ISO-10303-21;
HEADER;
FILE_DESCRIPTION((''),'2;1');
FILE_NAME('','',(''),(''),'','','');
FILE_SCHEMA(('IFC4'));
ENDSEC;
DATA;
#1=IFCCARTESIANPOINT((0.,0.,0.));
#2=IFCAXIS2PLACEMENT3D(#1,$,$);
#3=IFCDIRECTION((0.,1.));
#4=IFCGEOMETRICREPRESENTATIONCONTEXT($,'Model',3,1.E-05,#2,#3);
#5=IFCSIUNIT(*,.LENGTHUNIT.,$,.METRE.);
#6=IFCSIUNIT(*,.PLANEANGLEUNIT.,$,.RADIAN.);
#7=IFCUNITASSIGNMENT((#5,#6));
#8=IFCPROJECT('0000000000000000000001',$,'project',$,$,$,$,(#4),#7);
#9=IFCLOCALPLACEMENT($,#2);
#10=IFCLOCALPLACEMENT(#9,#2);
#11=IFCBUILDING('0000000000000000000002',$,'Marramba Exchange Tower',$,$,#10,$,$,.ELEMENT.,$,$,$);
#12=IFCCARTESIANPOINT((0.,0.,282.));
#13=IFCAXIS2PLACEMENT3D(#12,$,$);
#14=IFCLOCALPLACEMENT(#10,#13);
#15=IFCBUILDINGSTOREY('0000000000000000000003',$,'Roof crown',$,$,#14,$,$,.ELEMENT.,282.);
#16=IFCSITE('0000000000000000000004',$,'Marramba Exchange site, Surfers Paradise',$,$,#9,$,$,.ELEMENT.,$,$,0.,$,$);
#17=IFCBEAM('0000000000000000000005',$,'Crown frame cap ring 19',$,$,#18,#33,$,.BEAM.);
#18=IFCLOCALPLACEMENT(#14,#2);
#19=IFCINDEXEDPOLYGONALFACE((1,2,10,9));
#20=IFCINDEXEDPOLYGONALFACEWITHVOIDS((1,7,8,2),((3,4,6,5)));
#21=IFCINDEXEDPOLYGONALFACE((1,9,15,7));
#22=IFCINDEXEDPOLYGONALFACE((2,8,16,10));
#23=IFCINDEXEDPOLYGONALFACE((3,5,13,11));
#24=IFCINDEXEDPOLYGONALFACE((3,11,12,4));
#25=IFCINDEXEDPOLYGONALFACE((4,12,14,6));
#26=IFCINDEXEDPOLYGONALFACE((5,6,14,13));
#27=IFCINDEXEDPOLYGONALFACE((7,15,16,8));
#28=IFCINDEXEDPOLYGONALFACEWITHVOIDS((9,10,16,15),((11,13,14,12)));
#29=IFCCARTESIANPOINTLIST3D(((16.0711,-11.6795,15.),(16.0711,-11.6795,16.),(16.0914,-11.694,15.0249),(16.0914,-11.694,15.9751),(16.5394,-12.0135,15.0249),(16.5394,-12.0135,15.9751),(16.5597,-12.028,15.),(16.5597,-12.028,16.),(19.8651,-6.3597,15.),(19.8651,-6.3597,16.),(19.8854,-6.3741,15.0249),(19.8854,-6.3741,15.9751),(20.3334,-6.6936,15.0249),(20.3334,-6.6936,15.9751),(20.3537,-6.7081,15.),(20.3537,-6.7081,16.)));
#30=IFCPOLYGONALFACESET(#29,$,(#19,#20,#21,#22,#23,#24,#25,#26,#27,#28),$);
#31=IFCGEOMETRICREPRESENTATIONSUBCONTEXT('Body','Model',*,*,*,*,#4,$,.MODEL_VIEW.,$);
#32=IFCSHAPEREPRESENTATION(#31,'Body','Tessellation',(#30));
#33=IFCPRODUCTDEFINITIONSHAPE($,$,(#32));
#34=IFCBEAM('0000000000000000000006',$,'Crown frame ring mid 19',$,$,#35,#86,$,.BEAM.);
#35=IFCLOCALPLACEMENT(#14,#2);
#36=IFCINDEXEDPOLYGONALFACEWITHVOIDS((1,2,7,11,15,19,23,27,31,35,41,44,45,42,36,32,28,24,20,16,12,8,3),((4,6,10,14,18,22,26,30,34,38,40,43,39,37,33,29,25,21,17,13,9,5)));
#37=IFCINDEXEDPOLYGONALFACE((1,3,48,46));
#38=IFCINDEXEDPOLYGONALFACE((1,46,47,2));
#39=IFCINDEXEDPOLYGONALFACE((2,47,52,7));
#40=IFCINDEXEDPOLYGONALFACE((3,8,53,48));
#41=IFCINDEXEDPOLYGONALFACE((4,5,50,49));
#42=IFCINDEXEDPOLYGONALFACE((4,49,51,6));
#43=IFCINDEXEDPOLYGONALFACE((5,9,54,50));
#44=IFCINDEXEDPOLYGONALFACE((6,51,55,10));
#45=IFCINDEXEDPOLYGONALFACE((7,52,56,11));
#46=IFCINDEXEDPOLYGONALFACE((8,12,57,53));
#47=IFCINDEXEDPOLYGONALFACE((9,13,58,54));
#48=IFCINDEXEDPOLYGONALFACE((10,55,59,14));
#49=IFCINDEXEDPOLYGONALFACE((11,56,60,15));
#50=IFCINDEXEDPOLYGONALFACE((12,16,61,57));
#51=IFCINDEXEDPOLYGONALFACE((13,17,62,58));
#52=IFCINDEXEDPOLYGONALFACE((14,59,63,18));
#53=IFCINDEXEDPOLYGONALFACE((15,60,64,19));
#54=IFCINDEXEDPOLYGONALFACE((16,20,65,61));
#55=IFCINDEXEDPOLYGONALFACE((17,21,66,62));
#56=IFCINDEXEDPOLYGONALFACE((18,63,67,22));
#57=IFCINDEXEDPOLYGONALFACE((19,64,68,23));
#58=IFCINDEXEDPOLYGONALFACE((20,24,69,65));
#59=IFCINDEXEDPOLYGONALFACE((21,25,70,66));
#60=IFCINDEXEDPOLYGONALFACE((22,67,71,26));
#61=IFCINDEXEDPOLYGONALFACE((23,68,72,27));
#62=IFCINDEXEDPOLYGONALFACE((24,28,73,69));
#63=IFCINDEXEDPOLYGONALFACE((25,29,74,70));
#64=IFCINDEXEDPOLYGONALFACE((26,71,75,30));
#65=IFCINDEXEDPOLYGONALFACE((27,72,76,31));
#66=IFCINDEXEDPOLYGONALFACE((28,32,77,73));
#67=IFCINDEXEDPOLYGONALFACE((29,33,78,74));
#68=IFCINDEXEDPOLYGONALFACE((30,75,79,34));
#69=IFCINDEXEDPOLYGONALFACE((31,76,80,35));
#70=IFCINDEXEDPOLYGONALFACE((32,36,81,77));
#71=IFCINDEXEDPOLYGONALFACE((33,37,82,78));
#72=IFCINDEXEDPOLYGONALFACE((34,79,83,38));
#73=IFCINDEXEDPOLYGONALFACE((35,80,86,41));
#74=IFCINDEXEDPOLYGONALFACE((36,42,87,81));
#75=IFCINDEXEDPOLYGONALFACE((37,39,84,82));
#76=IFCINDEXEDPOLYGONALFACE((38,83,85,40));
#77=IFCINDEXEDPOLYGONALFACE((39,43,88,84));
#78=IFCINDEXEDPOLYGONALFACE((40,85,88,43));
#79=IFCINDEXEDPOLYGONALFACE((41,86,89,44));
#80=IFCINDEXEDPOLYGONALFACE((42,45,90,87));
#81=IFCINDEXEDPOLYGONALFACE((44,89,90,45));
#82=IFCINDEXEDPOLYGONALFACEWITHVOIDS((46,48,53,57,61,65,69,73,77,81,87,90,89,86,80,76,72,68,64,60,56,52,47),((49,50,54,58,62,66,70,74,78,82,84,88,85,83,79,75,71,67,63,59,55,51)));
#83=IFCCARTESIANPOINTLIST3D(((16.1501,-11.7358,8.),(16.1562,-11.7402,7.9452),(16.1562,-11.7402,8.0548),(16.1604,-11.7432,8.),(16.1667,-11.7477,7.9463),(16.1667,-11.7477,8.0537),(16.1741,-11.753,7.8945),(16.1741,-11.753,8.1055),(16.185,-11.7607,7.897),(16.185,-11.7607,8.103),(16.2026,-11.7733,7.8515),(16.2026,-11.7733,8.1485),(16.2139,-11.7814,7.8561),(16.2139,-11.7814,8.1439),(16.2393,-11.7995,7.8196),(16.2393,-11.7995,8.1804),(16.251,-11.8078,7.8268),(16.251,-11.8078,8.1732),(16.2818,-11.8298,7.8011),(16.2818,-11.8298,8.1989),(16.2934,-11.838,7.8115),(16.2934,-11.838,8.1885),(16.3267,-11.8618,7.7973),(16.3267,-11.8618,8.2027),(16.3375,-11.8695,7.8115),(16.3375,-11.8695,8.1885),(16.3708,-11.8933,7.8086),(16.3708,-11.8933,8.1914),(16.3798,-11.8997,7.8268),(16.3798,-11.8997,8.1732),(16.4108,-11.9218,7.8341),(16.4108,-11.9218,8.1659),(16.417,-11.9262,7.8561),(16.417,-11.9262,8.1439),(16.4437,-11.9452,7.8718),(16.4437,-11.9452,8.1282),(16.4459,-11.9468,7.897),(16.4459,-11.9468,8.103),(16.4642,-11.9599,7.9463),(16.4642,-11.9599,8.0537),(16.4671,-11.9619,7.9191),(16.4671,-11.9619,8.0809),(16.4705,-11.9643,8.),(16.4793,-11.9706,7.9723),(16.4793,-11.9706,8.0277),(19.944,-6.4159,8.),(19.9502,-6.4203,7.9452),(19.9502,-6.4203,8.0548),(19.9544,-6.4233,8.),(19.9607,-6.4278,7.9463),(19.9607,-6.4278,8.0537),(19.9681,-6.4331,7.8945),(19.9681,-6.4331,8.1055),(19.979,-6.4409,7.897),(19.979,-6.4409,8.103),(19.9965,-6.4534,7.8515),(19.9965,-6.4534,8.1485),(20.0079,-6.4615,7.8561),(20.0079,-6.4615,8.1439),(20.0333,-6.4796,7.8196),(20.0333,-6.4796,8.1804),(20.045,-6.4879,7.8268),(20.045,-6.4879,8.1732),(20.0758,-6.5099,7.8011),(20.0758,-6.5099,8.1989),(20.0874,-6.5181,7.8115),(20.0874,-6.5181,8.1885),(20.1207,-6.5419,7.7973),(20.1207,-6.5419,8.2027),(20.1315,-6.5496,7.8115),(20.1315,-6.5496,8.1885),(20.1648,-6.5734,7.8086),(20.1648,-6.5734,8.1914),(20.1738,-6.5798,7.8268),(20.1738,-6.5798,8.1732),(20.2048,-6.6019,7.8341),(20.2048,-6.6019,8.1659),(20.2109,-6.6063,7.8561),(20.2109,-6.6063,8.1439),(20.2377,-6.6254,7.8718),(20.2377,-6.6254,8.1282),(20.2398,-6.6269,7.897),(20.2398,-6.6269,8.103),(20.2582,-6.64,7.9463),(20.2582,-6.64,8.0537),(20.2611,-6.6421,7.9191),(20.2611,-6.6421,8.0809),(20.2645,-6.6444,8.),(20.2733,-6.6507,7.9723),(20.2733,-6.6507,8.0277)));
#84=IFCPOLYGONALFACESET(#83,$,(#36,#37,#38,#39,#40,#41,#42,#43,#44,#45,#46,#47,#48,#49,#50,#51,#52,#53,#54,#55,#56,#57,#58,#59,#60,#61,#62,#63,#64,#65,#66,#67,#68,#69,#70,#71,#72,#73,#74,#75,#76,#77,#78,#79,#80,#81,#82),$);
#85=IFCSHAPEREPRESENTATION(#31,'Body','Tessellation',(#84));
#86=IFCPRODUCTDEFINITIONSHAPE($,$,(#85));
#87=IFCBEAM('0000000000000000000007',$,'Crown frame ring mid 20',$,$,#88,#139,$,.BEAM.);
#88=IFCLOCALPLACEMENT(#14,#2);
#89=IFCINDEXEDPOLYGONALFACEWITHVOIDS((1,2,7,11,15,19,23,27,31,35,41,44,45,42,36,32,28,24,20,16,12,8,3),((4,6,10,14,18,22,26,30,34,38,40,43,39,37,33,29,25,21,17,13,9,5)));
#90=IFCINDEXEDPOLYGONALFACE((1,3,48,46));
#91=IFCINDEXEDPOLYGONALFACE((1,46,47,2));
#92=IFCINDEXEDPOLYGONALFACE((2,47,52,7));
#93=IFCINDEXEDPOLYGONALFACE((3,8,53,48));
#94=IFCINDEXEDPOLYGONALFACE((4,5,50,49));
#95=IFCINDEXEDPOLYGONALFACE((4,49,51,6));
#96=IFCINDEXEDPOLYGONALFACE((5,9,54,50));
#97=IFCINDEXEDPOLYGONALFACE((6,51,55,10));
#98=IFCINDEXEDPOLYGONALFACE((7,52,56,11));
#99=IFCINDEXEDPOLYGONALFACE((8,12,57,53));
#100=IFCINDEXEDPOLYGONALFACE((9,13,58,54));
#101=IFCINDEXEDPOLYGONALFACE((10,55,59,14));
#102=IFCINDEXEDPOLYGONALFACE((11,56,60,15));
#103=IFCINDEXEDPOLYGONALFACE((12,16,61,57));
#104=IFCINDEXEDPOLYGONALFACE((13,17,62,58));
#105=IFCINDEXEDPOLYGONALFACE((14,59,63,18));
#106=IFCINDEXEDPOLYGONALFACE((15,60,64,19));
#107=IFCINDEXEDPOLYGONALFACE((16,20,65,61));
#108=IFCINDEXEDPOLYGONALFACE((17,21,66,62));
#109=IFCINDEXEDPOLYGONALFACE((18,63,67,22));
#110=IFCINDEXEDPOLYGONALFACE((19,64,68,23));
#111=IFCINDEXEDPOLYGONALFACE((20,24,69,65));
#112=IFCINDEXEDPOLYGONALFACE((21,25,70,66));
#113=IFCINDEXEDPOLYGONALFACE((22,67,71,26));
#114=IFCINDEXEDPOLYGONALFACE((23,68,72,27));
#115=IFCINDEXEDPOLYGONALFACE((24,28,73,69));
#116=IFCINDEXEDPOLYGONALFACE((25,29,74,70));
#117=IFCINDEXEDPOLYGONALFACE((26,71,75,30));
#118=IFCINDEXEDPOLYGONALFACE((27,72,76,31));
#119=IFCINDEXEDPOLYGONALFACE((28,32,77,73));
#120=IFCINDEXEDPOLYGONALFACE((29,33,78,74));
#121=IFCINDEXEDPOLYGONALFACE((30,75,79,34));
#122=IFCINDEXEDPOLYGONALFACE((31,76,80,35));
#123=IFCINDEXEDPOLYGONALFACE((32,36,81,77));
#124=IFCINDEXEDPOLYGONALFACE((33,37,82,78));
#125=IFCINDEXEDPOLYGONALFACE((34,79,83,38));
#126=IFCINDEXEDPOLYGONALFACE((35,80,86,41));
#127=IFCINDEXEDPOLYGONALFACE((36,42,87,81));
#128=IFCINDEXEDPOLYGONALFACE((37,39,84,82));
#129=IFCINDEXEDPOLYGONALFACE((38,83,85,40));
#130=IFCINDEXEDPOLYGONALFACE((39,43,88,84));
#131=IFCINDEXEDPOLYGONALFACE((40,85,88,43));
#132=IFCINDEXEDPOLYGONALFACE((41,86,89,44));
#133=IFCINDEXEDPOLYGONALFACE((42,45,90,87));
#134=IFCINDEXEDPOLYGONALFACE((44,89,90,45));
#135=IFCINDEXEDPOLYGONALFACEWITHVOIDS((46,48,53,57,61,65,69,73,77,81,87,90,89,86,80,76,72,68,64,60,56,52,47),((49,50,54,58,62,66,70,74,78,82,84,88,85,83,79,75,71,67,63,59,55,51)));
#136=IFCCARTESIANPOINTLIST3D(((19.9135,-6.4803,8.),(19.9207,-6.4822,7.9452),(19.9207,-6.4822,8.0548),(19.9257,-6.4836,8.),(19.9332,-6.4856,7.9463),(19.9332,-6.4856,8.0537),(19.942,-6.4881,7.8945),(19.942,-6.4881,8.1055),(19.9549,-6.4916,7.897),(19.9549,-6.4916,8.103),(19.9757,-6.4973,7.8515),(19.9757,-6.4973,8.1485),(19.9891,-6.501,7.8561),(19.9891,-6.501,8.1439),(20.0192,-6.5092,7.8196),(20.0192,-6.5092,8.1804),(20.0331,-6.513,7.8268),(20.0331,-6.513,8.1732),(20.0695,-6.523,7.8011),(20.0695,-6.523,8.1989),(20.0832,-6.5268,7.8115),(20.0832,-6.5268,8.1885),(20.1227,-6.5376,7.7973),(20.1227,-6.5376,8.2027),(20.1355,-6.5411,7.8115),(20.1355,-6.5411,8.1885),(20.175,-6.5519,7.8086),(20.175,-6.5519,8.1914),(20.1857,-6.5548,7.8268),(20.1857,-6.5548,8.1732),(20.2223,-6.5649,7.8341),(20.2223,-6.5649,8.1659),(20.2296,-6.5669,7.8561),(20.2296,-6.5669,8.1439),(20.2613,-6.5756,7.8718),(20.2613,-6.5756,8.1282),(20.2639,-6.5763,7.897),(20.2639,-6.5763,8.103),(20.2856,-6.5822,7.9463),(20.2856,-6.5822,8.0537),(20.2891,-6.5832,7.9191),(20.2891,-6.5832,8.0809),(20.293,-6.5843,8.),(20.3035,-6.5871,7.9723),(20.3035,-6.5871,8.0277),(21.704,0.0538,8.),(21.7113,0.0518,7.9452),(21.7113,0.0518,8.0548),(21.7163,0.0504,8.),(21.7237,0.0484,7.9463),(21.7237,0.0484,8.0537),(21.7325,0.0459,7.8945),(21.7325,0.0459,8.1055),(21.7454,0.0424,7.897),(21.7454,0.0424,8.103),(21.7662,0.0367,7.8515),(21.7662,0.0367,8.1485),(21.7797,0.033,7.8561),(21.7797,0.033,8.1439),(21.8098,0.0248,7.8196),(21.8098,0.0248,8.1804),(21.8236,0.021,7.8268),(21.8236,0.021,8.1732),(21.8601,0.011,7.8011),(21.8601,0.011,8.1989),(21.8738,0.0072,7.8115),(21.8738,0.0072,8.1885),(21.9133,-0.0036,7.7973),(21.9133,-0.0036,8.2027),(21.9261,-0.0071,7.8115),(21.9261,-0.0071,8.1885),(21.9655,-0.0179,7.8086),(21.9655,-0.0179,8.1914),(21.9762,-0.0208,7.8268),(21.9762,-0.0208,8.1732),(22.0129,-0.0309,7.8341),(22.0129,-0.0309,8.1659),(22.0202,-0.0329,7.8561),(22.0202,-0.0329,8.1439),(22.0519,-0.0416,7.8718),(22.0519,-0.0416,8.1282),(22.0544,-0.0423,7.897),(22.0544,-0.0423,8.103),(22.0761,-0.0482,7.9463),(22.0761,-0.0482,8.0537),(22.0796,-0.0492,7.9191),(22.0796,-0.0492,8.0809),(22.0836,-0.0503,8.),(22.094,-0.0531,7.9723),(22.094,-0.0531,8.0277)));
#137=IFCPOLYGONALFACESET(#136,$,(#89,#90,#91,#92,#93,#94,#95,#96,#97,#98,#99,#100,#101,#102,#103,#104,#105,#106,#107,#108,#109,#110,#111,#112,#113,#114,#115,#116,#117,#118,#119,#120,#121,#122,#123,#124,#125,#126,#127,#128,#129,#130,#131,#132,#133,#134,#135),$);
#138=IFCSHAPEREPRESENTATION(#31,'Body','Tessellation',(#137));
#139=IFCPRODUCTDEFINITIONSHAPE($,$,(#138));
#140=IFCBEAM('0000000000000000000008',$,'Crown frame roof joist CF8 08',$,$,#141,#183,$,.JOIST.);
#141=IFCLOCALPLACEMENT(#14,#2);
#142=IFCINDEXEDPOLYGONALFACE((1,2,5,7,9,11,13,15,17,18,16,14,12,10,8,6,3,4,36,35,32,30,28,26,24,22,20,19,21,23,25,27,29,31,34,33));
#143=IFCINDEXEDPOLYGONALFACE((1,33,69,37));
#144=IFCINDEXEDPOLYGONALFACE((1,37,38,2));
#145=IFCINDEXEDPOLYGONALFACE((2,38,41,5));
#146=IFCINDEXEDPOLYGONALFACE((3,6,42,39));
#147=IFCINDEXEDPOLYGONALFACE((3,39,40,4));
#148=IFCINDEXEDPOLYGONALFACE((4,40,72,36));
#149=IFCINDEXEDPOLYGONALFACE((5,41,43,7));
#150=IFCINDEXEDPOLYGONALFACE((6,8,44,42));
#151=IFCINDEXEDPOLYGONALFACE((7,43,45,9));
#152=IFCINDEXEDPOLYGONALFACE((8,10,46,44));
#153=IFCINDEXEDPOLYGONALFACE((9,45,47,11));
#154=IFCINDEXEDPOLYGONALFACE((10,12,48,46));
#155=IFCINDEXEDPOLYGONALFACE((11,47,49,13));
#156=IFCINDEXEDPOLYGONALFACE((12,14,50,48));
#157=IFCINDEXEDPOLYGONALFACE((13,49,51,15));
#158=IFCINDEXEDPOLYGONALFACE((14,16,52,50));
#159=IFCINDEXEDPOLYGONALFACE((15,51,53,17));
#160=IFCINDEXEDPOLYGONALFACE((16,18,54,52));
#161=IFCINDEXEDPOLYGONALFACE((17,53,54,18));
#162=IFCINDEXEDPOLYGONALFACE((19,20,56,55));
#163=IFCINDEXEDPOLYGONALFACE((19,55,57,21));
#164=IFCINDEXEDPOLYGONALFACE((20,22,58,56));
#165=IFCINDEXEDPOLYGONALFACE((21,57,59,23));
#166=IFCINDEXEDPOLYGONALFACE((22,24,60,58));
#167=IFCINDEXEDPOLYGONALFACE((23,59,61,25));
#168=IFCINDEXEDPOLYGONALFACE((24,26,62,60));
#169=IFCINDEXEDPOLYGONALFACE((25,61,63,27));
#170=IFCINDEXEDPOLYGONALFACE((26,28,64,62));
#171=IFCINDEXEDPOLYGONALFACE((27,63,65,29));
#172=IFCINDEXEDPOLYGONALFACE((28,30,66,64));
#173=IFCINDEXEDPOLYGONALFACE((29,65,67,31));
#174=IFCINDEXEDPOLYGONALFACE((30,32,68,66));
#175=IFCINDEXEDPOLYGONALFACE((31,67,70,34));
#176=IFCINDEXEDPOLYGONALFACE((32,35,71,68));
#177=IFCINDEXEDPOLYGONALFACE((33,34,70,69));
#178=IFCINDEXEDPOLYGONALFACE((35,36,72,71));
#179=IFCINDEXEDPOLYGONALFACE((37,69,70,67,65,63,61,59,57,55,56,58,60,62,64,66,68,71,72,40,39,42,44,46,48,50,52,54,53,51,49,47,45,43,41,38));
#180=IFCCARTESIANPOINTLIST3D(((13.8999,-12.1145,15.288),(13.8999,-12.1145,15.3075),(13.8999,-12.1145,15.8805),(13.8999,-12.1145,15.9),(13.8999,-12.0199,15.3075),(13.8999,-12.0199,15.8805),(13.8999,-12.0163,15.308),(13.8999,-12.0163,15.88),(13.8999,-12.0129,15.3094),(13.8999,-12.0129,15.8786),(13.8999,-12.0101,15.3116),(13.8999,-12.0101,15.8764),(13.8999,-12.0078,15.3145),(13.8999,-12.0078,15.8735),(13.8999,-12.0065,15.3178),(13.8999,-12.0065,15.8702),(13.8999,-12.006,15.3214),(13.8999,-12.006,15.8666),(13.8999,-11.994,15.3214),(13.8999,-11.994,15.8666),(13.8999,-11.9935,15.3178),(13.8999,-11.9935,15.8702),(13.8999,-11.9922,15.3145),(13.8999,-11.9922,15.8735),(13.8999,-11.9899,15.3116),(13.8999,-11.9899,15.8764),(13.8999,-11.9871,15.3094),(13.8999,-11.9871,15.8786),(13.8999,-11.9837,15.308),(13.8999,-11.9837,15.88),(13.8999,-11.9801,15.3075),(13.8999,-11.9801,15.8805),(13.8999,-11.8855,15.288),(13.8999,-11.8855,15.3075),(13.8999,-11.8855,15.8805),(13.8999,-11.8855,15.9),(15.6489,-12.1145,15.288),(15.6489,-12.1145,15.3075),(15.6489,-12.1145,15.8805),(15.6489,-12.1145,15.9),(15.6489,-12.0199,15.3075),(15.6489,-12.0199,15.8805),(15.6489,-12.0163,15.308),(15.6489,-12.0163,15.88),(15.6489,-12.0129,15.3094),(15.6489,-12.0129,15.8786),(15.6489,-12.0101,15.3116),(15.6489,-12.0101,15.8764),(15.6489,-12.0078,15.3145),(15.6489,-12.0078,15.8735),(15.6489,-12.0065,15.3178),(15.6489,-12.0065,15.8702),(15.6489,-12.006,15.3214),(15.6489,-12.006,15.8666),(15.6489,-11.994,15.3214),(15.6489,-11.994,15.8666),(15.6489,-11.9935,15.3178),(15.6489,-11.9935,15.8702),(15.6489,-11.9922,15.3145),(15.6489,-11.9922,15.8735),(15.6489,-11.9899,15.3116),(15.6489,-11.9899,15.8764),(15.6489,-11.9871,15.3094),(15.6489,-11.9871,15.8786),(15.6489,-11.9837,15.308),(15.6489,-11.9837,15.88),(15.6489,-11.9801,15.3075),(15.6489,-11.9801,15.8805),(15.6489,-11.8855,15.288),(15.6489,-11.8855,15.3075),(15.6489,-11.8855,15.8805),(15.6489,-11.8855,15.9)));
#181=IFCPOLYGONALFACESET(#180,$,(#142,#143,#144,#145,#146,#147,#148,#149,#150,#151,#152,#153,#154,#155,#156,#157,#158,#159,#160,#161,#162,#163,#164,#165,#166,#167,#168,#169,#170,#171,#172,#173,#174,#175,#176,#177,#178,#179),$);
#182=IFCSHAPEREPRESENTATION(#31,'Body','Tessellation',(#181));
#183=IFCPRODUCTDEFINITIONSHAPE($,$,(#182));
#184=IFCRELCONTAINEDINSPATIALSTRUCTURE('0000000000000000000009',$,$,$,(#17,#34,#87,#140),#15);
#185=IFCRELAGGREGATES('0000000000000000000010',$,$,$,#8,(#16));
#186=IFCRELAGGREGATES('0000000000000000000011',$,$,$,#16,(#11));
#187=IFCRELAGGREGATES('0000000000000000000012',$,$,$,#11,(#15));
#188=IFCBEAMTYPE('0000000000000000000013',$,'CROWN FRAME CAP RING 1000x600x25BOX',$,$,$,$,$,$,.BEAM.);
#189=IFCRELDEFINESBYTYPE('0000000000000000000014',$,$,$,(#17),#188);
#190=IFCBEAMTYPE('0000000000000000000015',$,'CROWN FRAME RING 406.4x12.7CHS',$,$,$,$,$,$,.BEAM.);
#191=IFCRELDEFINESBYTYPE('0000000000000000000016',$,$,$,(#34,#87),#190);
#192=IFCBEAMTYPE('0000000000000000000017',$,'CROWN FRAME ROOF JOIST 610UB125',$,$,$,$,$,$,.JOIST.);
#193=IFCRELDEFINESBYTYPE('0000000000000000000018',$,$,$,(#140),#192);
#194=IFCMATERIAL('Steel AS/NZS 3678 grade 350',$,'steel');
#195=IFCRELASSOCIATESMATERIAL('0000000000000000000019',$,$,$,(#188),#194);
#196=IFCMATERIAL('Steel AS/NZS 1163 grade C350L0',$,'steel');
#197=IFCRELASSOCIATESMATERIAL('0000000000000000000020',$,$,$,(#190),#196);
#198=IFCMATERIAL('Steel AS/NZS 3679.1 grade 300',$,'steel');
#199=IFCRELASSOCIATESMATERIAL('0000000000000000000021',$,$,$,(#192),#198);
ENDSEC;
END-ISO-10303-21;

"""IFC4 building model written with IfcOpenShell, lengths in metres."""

from ifc_helpers import new_model, si_unit, direction, frame, origin, origin_2d, place, context, subcontext, project, spatial, hollow_rectangle, hollow_circle, i_section, extrude, material, material_profile, profile_set, type_object, element, save


model = new_model("IFC4")

# Units and contexts
model_context = context("Model", 3, precision=1e-05, world=origin(), true_north=direction((0.0, 1.0)))
body_context = subcontext(model_context, "Body", "Model", "MODEL_VIEW")
ifc_project = project(units=[si_unit("LENGTHUNIT", "METRE"), si_unit("PLANEANGLEUNIT", "RADIAN")], contexts=[model_context])

# Site, building, storey
site_placement = place(None, origin())
site = spatial("IfcSite", under=ifc_project, at=site_placement, Name="Marramba Exchange site, Surfers Paradise", CompositionType="ELEMENT", RefElevation=0.0)
building_placement = place(site_placement, origin())
building = spatial("IfcBuilding", under=site, at=building_placement, Name="Marramba Exchange Tower", CompositionType="ELEMENT")
storey_placement = place(building_placement, frame((0.0, 0.0, 282.0)))
storey = spatial("IfcBuildingStorey", under=building, at=storey_placement, Name="Roof crown", CompositionType="ELEMENT", Elevation=282.0)

# Beams
ifc_material_1 = material(Name="Steel AS/NZS 3678 grade 350", Category="steel")
ifc_material_profile_1 = material_profile(ifc_material_1, hollow_rectangle(XDim=0.6001, YDim=1.0, WallThickness=0.0249, at=origin_2d()), Name="1000x600x25BOX")
ifc_profile_set_1 = profile_set([ifc_material_profile_1], Name="Steel AS/NZS 3678 grade 350")
beam_type_1 = type_object("IfcBeamType", Name="CROWN FRAME CAP RING 1000x600x25BOX", PredefinedType="BEAM", material=ifc_profile_set_1)
beam_1_placement = place(storey_placement, frame((16.3154, -11.8538, 15.5), z_axis=(0.580637, 0.814162, 0.0), x_axis=(-0.814162, 0.580637, 0.0)))
element("IfcBeam", 1, at=beam_1_placement, inside=storey, type_object=beam_type_1, Name="Crown frame cap ring 19", PredefinedType="BEAM", context=body_context, shape_type="SweptSolid", body=[
    extrude(hollow_rectangle(XDim=0.6001, YDim=1.0, WallThickness=0.0249, at=origin_2d()), origin(), (0.0, 0.0, 1.0), 6.5342),
])
ifc_material_2 = material(Name="Steel AS/NZS 1163 grade C350L0", Category="steel")
ifc_material_profile_2 = material_profile(ifc_material_2, hollow_circle(Radius=0.2031, WallThickness=0.0127, at=origin_2d()), Name="406.4x12.7CHS")
ifc_profile_set_2 = profile_set([ifc_material_profile_2], Name="Steel AS/NZS 1163 grade C350L0")
beam_type_2 = type_object("IfcBeamType", Name="CROWN FRAME RING 406.4x12.7CHS", PredefinedType="BEAM", material=ifc_profile_set_2)
beam_2_placement = place(storey_placement, frame((16.3154, -11.8538, 8.0), z_axis=(0.580637, 0.814162, 0.0), x_axis=(-0.814162, 0.580637, 0.0)))
element("IfcBeam", 2, at=beam_2_placement, inside=storey, type_object=beam_type_2, Name="Crown frame ring mid 19", PredefinedType="BEAM", context=body_context, shape_type="SweptSolid", body=[
    extrude(hollow_circle(Radius=0.2031, WallThickness=0.0127, at=origin_2d()), origin(), (0.0, 0.0, 1.0), 6.5342),
])
beam_3_placement = place(storey_placement, frame((20.1094, -6.5339, 8.0), z_axis=(0.264291, 0.964443, 0.0), x_axis=(-0.964443, 0.264291, 0.0)))
element("IfcBeam", 3, at=beam_3_placement, inside=storey, type_object=beam_type_2, Name="Crown frame ring mid 20", PredefinedType="BEAM", context=body_context, shape_type="SweptSolid", body=[
    extrude(hollow_circle(Radius=0.2031, WallThickness=0.0127, at=origin_2d()), origin(), (0.0, 0.0, 1.0), 6.7749),
])
ifc_material_3 = material(Name="Steel AS/NZS 3679.1 grade 300", Category="steel")
ifc_material_profile_3 = material_profile(ifc_material_3, i_section(OverallWidth=0.229, OverallDepth=0.6121, WebThickness=0.012, FlangeThickness=0.0195, FilletRadius=0.0139, at=origin_2d()), Name="610UB125")
ifc_profile_set_3 = profile_set([ifc_material_profile_3], Name="Steel AS/NZS 3679.1 grade 300")
beam_type_3 = type_object("IfcBeamType", Name="CROWN FRAME ROOF JOIST 610UB125", PredefinedType="JOIST", material=ifc_profile_set_3)
beam_4_placement = place(storey_placement, frame((13.8999, -12.0, 15.594), z_axis=(1.0, 0.0, 0.0), x_axis=(0.0, 1.0, 0.0)))
element("IfcBeam", 4, at=beam_4_placement, inside=storey, type_object=beam_type_3, Name="Crown frame roof joist CF8 08", PredefinedType="JOIST", context=body_context, shape_type="SweptSolid", body=[
    extrude(i_section(OverallWidth=0.229, OverallDepth=0.6121, WebThickness=0.012, FlangeThickness=0.0195, FilletRadius=0.0139, at=origin_2d()), origin(), (0.0, 0.0, 1.0), 1.749),
])

save(model, "model.ifc")
